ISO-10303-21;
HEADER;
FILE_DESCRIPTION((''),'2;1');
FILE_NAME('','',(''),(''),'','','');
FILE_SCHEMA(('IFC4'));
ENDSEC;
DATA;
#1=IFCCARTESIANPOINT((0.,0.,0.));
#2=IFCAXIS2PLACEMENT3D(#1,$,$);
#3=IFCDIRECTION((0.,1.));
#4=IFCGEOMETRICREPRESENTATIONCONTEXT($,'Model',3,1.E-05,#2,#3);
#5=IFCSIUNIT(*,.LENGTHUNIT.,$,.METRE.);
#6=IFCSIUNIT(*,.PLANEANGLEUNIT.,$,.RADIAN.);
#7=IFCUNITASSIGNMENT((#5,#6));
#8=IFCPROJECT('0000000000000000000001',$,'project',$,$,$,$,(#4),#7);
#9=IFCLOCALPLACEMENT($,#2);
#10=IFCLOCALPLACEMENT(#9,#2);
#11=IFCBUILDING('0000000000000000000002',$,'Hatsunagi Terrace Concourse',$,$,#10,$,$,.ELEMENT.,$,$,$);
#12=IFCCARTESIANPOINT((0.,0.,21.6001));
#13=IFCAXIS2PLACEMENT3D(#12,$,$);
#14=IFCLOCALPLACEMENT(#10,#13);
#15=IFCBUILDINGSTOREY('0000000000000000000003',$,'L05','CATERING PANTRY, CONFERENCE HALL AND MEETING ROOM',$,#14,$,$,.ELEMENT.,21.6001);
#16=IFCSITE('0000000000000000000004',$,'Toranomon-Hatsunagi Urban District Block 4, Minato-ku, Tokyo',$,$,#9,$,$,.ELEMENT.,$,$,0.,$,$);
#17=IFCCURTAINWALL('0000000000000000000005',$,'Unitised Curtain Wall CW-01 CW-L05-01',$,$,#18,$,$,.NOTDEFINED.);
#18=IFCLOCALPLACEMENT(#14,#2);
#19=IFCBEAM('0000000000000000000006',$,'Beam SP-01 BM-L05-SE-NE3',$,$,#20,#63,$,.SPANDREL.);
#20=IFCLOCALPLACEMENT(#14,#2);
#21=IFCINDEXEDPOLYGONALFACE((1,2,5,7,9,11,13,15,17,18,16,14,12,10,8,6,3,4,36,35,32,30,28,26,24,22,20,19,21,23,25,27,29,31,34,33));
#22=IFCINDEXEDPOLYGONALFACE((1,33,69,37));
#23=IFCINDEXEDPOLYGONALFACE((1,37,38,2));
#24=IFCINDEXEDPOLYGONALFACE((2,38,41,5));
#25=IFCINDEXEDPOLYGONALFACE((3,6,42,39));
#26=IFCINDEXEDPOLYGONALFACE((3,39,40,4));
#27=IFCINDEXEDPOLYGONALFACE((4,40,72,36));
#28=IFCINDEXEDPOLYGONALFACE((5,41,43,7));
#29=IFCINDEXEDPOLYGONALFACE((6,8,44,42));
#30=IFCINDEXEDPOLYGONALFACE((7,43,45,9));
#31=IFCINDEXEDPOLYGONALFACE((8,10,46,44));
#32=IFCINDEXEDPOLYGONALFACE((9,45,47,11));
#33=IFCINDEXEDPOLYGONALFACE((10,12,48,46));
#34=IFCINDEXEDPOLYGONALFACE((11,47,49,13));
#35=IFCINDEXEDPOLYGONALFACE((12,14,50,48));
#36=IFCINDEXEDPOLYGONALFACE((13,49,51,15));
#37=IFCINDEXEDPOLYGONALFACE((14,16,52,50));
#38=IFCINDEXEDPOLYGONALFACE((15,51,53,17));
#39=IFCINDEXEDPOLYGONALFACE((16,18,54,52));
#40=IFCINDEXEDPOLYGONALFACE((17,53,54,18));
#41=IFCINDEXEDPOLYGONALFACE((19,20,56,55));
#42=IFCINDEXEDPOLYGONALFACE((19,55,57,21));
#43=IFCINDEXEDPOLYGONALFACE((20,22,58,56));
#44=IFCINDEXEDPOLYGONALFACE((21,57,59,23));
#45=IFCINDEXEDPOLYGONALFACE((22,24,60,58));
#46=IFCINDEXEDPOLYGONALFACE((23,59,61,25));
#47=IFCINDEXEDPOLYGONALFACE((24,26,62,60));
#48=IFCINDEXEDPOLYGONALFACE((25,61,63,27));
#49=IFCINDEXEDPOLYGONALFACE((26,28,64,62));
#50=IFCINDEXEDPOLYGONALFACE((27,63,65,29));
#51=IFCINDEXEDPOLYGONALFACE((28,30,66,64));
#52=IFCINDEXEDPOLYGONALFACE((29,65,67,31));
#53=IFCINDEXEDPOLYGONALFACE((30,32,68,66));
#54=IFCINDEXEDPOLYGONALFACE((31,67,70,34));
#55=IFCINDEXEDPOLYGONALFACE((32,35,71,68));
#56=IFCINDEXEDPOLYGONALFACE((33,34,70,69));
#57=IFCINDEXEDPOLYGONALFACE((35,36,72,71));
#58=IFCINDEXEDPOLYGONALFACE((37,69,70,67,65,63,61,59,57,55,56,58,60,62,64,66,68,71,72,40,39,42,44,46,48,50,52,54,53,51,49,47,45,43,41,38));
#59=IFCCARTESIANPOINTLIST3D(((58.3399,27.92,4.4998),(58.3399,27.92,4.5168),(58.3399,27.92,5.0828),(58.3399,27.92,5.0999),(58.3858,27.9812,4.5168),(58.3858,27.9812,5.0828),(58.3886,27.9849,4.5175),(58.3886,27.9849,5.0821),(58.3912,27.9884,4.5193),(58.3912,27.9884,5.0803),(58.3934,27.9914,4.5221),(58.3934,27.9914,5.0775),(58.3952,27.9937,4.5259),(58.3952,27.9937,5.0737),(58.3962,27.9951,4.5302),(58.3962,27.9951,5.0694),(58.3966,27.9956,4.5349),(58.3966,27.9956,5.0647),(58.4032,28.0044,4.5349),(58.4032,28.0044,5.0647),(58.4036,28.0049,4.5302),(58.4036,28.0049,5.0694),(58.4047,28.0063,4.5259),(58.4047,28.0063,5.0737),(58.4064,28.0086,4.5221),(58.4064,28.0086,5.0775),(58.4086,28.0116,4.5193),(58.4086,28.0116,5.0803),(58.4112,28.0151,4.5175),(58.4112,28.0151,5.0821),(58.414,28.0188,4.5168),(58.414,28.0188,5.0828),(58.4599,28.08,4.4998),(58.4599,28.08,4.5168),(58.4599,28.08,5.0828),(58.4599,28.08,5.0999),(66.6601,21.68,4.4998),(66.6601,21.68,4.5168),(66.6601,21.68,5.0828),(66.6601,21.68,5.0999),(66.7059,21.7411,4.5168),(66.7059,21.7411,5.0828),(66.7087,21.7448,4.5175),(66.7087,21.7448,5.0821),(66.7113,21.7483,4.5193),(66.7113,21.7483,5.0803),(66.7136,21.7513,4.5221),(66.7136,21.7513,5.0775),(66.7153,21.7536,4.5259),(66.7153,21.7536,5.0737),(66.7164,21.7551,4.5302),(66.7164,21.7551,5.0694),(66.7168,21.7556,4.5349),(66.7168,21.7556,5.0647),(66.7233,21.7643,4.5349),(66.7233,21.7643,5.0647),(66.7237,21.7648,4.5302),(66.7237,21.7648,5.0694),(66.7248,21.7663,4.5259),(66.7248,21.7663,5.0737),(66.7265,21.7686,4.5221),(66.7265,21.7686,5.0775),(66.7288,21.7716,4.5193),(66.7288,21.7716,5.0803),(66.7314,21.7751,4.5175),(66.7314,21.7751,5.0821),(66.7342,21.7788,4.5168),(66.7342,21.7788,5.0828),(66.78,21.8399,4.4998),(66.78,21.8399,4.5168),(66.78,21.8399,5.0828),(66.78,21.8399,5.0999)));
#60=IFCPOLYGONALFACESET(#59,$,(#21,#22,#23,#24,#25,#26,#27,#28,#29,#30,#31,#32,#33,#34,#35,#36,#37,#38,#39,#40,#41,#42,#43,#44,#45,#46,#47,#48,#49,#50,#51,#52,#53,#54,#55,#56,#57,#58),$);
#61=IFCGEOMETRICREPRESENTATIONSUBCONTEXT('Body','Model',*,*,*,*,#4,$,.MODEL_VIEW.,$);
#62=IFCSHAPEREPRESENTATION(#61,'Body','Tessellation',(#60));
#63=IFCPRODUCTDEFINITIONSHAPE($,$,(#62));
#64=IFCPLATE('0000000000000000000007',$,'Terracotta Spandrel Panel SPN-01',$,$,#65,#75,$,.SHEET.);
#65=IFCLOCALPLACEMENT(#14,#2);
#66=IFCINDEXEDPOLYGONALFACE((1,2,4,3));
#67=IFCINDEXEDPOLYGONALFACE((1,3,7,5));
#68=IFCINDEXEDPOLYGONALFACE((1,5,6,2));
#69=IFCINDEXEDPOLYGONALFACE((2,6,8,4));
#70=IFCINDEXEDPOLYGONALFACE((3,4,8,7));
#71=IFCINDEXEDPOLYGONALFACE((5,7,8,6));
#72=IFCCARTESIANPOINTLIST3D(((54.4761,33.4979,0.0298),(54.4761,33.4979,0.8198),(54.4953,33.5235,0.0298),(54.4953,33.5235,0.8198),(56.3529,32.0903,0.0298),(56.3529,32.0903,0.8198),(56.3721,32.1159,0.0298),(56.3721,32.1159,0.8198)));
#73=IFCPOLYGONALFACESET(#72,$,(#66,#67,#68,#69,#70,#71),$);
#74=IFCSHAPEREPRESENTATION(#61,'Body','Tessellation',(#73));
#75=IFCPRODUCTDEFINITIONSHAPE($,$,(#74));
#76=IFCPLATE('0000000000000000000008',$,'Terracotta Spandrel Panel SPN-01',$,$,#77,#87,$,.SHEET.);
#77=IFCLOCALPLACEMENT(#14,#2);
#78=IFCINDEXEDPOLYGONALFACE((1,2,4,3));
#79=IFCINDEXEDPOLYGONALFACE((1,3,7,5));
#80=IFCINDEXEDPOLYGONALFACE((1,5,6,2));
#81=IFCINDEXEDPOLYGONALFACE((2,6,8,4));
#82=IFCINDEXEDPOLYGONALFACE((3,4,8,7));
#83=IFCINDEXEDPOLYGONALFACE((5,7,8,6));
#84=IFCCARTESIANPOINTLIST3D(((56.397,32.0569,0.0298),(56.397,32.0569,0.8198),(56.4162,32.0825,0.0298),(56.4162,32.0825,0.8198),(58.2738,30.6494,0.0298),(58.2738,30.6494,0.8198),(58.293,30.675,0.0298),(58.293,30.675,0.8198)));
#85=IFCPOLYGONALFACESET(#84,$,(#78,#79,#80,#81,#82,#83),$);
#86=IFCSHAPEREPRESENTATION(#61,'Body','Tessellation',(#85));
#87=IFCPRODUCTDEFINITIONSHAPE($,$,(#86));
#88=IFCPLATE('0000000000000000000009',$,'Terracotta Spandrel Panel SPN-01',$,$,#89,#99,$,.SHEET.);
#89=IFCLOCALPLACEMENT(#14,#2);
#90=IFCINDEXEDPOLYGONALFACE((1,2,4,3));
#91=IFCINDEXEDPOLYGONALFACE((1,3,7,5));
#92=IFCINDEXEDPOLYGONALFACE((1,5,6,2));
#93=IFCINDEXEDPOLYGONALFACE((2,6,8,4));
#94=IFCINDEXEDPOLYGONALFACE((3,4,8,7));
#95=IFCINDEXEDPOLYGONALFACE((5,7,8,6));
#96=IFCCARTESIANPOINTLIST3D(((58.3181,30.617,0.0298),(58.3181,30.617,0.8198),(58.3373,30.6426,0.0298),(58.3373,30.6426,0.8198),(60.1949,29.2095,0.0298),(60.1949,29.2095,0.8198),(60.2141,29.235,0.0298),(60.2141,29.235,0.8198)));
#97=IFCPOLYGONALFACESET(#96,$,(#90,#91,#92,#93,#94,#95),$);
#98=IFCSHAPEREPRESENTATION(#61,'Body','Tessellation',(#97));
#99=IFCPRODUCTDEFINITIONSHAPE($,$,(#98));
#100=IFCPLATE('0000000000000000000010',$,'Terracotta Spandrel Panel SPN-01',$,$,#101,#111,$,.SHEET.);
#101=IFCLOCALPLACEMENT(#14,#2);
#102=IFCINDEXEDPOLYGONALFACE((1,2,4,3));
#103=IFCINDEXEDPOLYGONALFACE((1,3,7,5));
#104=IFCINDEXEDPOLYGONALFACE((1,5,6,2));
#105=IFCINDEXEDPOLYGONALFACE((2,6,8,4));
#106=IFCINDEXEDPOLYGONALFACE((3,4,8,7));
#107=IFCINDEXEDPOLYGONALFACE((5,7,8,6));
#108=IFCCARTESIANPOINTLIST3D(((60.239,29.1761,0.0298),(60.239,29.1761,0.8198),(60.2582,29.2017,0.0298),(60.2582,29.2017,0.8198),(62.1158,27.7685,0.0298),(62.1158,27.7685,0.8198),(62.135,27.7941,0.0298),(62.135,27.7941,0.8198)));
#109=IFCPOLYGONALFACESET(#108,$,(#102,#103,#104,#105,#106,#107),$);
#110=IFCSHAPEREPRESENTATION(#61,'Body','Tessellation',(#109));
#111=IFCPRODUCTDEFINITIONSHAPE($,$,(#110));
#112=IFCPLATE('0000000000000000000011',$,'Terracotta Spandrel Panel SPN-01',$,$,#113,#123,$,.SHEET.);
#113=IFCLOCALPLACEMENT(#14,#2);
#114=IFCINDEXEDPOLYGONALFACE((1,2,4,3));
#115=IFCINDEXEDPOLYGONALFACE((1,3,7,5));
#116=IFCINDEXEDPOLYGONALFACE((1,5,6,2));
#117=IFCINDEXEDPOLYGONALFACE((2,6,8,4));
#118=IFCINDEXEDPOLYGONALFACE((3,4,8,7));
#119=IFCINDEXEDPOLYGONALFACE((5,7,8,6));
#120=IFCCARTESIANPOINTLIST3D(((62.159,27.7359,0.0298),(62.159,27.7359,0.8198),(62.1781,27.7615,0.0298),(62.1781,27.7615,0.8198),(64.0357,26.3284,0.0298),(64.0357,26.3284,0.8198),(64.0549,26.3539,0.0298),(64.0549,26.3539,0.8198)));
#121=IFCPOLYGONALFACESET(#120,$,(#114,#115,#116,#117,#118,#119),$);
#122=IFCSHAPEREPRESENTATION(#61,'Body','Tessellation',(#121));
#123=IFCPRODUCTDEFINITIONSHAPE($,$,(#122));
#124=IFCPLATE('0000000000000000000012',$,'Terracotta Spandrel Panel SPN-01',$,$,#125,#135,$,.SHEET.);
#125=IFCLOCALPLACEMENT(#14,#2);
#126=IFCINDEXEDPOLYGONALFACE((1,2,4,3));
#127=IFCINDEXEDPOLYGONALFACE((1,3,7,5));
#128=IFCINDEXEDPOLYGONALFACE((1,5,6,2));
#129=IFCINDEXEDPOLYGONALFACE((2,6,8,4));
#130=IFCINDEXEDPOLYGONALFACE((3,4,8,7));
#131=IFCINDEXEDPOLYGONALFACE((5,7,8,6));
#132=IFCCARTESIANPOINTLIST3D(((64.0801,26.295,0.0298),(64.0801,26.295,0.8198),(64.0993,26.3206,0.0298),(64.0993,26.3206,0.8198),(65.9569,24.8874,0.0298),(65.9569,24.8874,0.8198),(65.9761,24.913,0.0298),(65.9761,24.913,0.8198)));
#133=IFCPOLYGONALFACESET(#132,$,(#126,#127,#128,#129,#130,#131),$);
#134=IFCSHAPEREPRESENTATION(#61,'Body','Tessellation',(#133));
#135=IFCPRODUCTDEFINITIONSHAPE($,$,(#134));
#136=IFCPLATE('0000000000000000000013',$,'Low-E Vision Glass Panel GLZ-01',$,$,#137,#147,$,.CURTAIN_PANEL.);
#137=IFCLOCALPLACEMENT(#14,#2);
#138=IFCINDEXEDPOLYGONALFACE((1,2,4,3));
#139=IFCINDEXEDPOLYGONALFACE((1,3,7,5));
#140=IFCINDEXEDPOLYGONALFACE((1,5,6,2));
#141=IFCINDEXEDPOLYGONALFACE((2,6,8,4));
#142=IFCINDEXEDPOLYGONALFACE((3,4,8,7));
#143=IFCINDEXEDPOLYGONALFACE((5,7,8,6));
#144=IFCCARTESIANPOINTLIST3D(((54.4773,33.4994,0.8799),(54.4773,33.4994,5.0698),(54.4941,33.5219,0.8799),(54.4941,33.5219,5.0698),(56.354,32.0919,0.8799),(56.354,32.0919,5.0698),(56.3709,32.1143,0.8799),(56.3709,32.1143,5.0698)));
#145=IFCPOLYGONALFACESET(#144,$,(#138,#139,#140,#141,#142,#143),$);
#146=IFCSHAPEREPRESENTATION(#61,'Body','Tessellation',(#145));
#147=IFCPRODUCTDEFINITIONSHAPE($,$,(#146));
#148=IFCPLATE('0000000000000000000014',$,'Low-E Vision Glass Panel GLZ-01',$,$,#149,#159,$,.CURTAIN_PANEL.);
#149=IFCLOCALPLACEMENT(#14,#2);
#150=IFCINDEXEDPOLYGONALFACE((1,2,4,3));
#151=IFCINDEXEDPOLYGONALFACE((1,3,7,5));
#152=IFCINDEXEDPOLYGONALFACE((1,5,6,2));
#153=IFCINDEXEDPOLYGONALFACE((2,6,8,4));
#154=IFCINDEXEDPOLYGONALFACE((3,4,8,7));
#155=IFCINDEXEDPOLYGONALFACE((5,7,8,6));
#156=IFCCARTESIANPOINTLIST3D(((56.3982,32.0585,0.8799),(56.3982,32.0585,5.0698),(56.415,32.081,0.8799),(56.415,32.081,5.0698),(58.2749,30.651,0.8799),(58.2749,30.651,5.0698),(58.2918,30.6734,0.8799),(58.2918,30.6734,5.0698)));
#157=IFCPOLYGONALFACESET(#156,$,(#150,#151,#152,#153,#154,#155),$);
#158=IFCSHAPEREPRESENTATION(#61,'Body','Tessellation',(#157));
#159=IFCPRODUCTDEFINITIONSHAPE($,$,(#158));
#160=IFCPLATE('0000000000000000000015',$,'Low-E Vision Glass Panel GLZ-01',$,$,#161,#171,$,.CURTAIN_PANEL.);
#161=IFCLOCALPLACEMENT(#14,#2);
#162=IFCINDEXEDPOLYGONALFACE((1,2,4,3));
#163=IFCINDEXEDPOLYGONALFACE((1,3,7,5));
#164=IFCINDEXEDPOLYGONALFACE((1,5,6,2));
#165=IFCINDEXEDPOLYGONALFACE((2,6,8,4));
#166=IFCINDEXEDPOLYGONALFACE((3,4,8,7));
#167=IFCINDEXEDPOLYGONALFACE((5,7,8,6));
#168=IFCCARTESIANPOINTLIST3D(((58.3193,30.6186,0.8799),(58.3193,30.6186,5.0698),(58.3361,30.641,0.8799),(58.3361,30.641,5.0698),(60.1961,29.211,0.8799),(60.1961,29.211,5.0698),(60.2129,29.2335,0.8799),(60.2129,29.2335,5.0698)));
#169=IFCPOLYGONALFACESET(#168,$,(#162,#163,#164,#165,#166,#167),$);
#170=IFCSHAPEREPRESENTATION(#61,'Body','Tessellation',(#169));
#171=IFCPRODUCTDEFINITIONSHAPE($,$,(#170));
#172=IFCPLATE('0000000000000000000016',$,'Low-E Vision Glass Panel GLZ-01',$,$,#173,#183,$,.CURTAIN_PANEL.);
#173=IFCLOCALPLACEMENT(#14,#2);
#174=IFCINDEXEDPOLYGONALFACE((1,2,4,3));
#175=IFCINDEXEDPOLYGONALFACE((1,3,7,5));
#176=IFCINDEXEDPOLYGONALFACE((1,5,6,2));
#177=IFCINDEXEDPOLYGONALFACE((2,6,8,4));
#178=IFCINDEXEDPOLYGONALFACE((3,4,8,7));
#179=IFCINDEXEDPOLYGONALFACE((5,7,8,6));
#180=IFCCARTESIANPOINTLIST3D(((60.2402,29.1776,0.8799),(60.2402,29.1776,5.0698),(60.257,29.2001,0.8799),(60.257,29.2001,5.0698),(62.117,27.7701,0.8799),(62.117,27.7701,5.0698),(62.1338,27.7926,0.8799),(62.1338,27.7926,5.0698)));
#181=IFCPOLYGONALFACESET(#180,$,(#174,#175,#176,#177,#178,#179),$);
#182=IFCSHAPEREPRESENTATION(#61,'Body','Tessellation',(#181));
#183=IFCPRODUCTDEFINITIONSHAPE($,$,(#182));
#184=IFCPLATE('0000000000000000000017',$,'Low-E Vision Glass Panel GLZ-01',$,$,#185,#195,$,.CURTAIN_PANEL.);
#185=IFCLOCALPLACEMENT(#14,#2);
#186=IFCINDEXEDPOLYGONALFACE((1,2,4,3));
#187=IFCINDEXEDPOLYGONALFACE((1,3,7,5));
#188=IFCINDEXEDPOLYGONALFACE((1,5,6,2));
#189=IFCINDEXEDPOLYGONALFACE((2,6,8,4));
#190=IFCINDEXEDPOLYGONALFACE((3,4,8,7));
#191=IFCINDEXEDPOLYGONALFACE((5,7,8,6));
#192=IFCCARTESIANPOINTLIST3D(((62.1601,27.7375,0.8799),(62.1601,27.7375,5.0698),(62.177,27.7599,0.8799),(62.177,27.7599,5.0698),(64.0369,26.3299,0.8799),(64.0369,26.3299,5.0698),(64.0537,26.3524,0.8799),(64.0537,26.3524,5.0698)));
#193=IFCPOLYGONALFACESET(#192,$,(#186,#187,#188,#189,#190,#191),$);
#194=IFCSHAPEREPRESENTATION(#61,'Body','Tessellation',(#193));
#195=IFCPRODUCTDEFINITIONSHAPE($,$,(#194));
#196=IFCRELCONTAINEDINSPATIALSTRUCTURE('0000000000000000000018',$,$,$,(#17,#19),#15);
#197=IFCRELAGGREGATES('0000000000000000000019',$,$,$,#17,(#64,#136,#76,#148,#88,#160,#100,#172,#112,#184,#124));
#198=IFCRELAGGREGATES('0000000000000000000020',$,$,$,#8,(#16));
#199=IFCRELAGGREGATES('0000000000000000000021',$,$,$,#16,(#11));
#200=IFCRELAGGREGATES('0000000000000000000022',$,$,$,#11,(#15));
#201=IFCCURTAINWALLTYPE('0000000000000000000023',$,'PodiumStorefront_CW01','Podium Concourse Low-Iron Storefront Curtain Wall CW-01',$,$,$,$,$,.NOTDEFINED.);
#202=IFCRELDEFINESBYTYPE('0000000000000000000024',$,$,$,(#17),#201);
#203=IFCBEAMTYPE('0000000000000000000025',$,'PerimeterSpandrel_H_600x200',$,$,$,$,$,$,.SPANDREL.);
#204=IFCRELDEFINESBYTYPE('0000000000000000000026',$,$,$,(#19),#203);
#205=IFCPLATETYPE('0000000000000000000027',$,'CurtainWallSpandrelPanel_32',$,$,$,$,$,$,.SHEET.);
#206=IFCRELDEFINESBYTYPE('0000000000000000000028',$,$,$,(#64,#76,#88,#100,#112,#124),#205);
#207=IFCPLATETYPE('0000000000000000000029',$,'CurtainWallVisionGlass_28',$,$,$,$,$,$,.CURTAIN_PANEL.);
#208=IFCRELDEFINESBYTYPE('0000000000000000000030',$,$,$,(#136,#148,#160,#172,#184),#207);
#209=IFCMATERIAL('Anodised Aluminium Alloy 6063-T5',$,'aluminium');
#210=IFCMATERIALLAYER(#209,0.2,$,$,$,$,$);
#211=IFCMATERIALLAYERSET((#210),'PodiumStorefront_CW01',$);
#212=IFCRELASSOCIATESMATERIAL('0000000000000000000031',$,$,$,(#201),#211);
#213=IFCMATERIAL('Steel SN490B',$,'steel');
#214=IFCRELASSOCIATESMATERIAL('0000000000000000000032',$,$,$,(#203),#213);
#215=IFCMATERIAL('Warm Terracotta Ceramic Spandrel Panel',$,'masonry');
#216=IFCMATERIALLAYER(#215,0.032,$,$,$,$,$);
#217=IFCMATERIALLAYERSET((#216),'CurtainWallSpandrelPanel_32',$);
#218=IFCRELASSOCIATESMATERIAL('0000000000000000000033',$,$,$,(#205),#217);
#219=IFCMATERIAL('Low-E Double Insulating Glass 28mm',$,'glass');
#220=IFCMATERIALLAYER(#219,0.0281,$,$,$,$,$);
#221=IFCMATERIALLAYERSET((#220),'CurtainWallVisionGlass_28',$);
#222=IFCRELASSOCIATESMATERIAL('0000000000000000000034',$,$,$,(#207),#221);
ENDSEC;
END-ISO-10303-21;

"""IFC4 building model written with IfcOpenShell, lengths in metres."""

from ifc_helpers import new_model, si_unit, direction, frame, origin, origin_2d, place, context, subcontext, project, spatial, rectangle, i_section, extrude, material, layer, layer_set, material_profile, profile_set, type_object, element, aggregate, save


model = new_model("IFC4")

# Units and contexts
model_context = context("Model", 3, precision=1e-05, world=origin(), true_north=direction((0.0, 1.0)))
body_context = subcontext(model_context, "Body", "Model", "MODEL_VIEW")
ifc_project = project(units=[si_unit("LENGTHUNIT", "METRE"), si_unit("PLANEANGLEUNIT", "RADIAN")], contexts=[model_context])

# Site, building, storey
site_placement = place(None, origin())
site = spatial("IfcSite", under=ifc_project, at=site_placement, Name="Toranomon-Hatsunagi Urban District Block 4, Minato-ku, Tokyo", CompositionType="ELEMENT", RefElevation=0.0)
building_placement = place(site_placement, origin())
building = spatial("IfcBuilding", under=site, at=building_placement, Name="Hatsunagi Terrace Concourse", CompositionType="ELEMENT")
storey_placement = place(building_placement, frame((0.0, 0.0, 21.6001)))
storey = spatial("IfcBuildingStorey", under=building, at=storey_placement, Name="L05", Description="CATERING PANTRY, CONFERENCE HALL AND MEETING ROOM", CompositionType="ELEMENT", Elevation=21.6001)

# Curtain wall
ifc_material_1 = material(Name="Anodised Aluminium Alloy 6063-T5", Category="aluminium")
ifc_layer_1 = layer(ifc_material_1, 0.2)
ifc_layer_set_1 = layer_set([ifc_layer_1], Name="PodiumStorefront_CW01")
curtain_wall_type = type_object("IfcCurtainWallType", Name="PodiumStorefront_CW01", Description="Podium Concourse Low-Iron Storefront Curtain Wall CW-01", PredefinedType="NOTDEFINED", material=ifc_layer_set_1)
curtain_wall_placement = place(storey_placement, origin())
curtain_wall = element("IfcCurtainWall", 1, at=curtain_wall_placement, inside=storey, type_object=curtain_wall_type, Name="Unitised Curtain Wall CW-01 CW-L05-01", PredefinedType="NOTDEFINED")

# Beam
ifc_material_2 = material(Name="Steel SN490B", Category="steel")
ifc_material_profile_1 = material_profile(ifc_material_2, i_section(OverallWidth=0.2, OverallDepth=0.6001, WebThickness=0.011, FlangeThickness=0.0171, FilletRadius=0.0181, at=origin_2d()), Name="H-600x200x11x17")
ifc_profile_set_1 = profile_set([ifc_material_profile_1], Name="Steel SN490B")
beam_type = type_object("IfcBeamType", Name="PerimeterSpandrel_H_600x200", PredefinedType="SPANDREL", material=ifc_profile_set_1)
beam_1_placement = place(storey_placement, frame((58.3999, 28.0, 4.7998), z_axis=(0.800003, -0.599996, 0.0), x_axis=(0.599996, 0.800003, 0.0)))
element("IfcBeam", 2, at=beam_1_placement, inside=storey, type_object=beam_type, Name="Beam SP-01 BM-L05-SE-NE3", PredefinedType="SPANDREL", context=body_context, shape_type="SweptSolid", body=[
    extrude(i_section(OverallWidth=0.2, OverallDepth=0.6001, WebThickness=0.011, FlangeThickness=0.0171, FilletRadius=0.0181, at=origin_2d()), origin(), (0.0, 0.0, 1.0), 10.4001),
])

# Plates
ifc_material_3 = material(Name="Warm Terracotta Ceramic Spandrel Panel", Category="masonry")
ifc_layer_2 = layer(ifc_material_3, 0.032)
ifc_layer_set_2 = layer_set([ifc_layer_2], Name="CurtainWallSpandrelPanel_32")
plate_type_1 = type_object("IfcPlateType", Name="CurtainWallSpandrelPanel_32", PredefinedType="SHEET", material=ifc_layer_set_2)
plate_1_placement = place(storey_placement, frame((55.4241, 32.8069, 0.0298), z_axis=(0.0, 0.0, 1.0), x_axis=(0.800007, -0.59999, 0.0)))
plate_1 = element("IfcPlate", 3, at=plate_1_placement, type_object=plate_type_1, Name="Terracotta Spandrel Panel SPN-01", PredefinedType="SHEET", context=body_context, shape_type="SweptSolid", body=[
    extrude(rectangle(XDim=2.3459, YDim=0.032, at=origin_2d()), origin(), (0.0, 0.0, 1.0), 0.79),
])
plate_2_placement = place(storey_placement, frame((57.345, 31.366, 0.0298), z_axis=(0.0, 0.0, 1.0), x_axis=(0.800007, -0.59999, 0.0)))
plate_2 = element("IfcPlate", 4, at=plate_2_placement, type_object=plate_type_1, Name="Terracotta Spandrel Panel SPN-01", PredefinedType="SHEET", context=body_context, shape_type="SweptSolid", body=[
    extrude(rectangle(XDim=2.3459, YDim=0.032, at=origin_2d()), origin(), (0.0, 0.0, 1.0), 0.79),
])
plate_3_placement = place(storey_placement, frame((59.2661, 29.926, 0.0298), z_axis=(0.0, 0.0, 1.0), x_axis=(0.800007, -0.59999, 0.0)))
plate_3 = element("IfcPlate", 5, at=plate_3_placement, type_object=plate_type_1, Name="Terracotta Spandrel Panel SPN-01", PredefinedType="SHEET", context=body_context, shape_type="SweptSolid", body=[
    extrude(rectangle(XDim=2.3459, YDim=0.032, at=origin_2d()), origin(), (0.0, 0.0, 1.0), 0.79),
])
plate_4_placement = place(storey_placement, frame((61.187, 28.4851, 0.0298), z_axis=(0.0, 0.0, 1.0), x_axis=(0.800007, -0.59999, 0.0)))
plate_4 = element("IfcPlate", 6, at=plate_4_placement, type_object=plate_type_1, Name="Terracotta Spandrel Panel SPN-01", PredefinedType="SHEET", context=body_context, shape_type="SweptSolid", body=[
    extrude(rectangle(XDim=2.3459, YDim=0.032, at=origin_2d()), origin(), (0.0, 0.0, 1.0), 0.79),
])
plate_5_placement = place(storey_placement, frame((63.1069, 27.0449, 0.0298), z_axis=(0.0, 0.0, 1.0), x_axis=(0.800007, -0.59999, 0.0)))
plate_5 = element("IfcPlate", 7, at=plate_5_placement, type_object=plate_type_1, Name="Terracotta Spandrel Panel SPN-01", PredefinedType="SHEET", context=body_context, shape_type="SweptSolid", body=[
    extrude(rectangle(XDim=2.3459, YDim=0.032, at=origin_2d()), origin(), (0.0, 0.0, 1.0), 0.79),
])
plate_6_placement = place(storey_placement, frame((65.0281, 25.604, 0.0298), z_axis=(0.0, 0.0, 1.0), x_axis=(0.800007, -0.59999, 0.0)))
plate_6 = element("IfcPlate", 8, at=plate_6_placement, type_object=plate_type_1, Name="Terracotta Spandrel Panel SPN-01", PredefinedType="SHEET", context=body_context, shape_type="SweptSolid", body=[
    extrude(rectangle(XDim=2.3459, YDim=0.032, at=origin_2d()), origin(), (0.0, 0.0, 1.0), 0.79),
])
ifc_material_4 = material(Name="Low-E Double Insulating Glass 28mm", Category="glass")
ifc_layer_3 = layer(ifc_material_4, 0.0281)
ifc_layer_set_3 = layer_set([ifc_layer_3], Name="CurtainWallVisionGlass_28")
plate_type_2 = type_object("IfcPlateType", Name="CurtainWallVisionGlass_28", PredefinedType="CURTAIN_PANEL", material=ifc_layer_set_3)
plate_7_placement = place(storey_placement, frame((55.4241, 32.8069, 0.8799), z_axis=(0.0, 0.0, 1.0), x_axis=(0.800007, -0.59999, 0.0)))
plate_7 = element("IfcPlate", 9, at=plate_7_placement, type_object=plate_type_2, Name="Low-E Vision Glass Panel GLZ-01", PredefinedType="CURTAIN_PANEL", context=body_context, shape_type="SweptSolid", body=[
    extrude(rectangle(XDim=2.3459, YDim=0.0281, at=origin_2d()), origin(), (0.0, 0.0, 1.0), 4.1899),
])
plate_8_placement = place(storey_placement, frame((57.345, 31.366, 0.8799), z_axis=(0.0, 0.0, 1.0), x_axis=(0.800007, -0.59999, 0.0)))
plate_8 = element("IfcPlate", 10, at=plate_8_placement, type_object=plate_type_2, Name="Low-E Vision Glass Panel GLZ-01", PredefinedType="CURTAIN_PANEL", context=body_context, shape_type="SweptSolid", body=[
    extrude(rectangle(XDim=2.3459, YDim=0.0281, at=origin_2d()), origin(), (0.0, 0.0, 1.0), 4.1899),
])
plate_9_placement = place(storey_placement, frame((59.2661, 29.926, 0.8799), z_axis=(0.0, 0.0, 1.0), x_axis=(0.800007, -0.59999, 0.0)))
plate_9 = element("IfcPlate", 11, at=plate_9_placement, type_object=plate_type_2, Name="Low-E Vision Glass Panel GLZ-01", PredefinedType="CURTAIN_PANEL", context=body_context, shape_type="SweptSolid", body=[
    extrude(rectangle(XDim=2.3459, YDim=0.0281, at=origin_2d()), origin(), (0.0, 0.0, 1.0), 4.1899),
])
plate_10_placement = place(storey_placement, frame((61.187, 28.4851, 0.8799), z_axis=(0.0, 0.0, 1.0), x_axis=(0.800007, -0.59999, 0.0)))
plate_10 = element("IfcPlate", 12, at=plate_10_placement, type_object=plate_type_2, Name="Low-E Vision Glass Panel GLZ-01", PredefinedType="CURTAIN_PANEL", context=body_context, shape_type="SweptSolid", body=[
    extrude(rectangle(XDim=2.3459, YDim=0.0281, at=origin_2d()), origin(), (0.0, 0.0, 1.0), 4.1899),
])
plate_11_placement = place(storey_placement, frame((63.1069, 27.0449, 0.8799), z_axis=(0.0, 0.0, 1.0), x_axis=(0.800007, -0.59999, 0.0)))
plate_11 = element("IfcPlate", 13, at=plate_11_placement, type_object=plate_type_2, Name="Low-E Vision Glass Panel GLZ-01", PredefinedType="CURTAIN_PANEL", context=body_context, shape_type="SweptSolid", body=[
    extrude(rectangle(XDim=2.3459, YDim=0.0281, at=origin_2d()), origin(), (0.0, 0.0, 1.0), 4.1899),
])
aggregate(curtain_wall, [plate_1, plate_7, plate_2, plate_8, plate_3, plate_9, plate_4, plate_10, plate_5, plate_11, plate_6])

save(model, "model.ifc")
